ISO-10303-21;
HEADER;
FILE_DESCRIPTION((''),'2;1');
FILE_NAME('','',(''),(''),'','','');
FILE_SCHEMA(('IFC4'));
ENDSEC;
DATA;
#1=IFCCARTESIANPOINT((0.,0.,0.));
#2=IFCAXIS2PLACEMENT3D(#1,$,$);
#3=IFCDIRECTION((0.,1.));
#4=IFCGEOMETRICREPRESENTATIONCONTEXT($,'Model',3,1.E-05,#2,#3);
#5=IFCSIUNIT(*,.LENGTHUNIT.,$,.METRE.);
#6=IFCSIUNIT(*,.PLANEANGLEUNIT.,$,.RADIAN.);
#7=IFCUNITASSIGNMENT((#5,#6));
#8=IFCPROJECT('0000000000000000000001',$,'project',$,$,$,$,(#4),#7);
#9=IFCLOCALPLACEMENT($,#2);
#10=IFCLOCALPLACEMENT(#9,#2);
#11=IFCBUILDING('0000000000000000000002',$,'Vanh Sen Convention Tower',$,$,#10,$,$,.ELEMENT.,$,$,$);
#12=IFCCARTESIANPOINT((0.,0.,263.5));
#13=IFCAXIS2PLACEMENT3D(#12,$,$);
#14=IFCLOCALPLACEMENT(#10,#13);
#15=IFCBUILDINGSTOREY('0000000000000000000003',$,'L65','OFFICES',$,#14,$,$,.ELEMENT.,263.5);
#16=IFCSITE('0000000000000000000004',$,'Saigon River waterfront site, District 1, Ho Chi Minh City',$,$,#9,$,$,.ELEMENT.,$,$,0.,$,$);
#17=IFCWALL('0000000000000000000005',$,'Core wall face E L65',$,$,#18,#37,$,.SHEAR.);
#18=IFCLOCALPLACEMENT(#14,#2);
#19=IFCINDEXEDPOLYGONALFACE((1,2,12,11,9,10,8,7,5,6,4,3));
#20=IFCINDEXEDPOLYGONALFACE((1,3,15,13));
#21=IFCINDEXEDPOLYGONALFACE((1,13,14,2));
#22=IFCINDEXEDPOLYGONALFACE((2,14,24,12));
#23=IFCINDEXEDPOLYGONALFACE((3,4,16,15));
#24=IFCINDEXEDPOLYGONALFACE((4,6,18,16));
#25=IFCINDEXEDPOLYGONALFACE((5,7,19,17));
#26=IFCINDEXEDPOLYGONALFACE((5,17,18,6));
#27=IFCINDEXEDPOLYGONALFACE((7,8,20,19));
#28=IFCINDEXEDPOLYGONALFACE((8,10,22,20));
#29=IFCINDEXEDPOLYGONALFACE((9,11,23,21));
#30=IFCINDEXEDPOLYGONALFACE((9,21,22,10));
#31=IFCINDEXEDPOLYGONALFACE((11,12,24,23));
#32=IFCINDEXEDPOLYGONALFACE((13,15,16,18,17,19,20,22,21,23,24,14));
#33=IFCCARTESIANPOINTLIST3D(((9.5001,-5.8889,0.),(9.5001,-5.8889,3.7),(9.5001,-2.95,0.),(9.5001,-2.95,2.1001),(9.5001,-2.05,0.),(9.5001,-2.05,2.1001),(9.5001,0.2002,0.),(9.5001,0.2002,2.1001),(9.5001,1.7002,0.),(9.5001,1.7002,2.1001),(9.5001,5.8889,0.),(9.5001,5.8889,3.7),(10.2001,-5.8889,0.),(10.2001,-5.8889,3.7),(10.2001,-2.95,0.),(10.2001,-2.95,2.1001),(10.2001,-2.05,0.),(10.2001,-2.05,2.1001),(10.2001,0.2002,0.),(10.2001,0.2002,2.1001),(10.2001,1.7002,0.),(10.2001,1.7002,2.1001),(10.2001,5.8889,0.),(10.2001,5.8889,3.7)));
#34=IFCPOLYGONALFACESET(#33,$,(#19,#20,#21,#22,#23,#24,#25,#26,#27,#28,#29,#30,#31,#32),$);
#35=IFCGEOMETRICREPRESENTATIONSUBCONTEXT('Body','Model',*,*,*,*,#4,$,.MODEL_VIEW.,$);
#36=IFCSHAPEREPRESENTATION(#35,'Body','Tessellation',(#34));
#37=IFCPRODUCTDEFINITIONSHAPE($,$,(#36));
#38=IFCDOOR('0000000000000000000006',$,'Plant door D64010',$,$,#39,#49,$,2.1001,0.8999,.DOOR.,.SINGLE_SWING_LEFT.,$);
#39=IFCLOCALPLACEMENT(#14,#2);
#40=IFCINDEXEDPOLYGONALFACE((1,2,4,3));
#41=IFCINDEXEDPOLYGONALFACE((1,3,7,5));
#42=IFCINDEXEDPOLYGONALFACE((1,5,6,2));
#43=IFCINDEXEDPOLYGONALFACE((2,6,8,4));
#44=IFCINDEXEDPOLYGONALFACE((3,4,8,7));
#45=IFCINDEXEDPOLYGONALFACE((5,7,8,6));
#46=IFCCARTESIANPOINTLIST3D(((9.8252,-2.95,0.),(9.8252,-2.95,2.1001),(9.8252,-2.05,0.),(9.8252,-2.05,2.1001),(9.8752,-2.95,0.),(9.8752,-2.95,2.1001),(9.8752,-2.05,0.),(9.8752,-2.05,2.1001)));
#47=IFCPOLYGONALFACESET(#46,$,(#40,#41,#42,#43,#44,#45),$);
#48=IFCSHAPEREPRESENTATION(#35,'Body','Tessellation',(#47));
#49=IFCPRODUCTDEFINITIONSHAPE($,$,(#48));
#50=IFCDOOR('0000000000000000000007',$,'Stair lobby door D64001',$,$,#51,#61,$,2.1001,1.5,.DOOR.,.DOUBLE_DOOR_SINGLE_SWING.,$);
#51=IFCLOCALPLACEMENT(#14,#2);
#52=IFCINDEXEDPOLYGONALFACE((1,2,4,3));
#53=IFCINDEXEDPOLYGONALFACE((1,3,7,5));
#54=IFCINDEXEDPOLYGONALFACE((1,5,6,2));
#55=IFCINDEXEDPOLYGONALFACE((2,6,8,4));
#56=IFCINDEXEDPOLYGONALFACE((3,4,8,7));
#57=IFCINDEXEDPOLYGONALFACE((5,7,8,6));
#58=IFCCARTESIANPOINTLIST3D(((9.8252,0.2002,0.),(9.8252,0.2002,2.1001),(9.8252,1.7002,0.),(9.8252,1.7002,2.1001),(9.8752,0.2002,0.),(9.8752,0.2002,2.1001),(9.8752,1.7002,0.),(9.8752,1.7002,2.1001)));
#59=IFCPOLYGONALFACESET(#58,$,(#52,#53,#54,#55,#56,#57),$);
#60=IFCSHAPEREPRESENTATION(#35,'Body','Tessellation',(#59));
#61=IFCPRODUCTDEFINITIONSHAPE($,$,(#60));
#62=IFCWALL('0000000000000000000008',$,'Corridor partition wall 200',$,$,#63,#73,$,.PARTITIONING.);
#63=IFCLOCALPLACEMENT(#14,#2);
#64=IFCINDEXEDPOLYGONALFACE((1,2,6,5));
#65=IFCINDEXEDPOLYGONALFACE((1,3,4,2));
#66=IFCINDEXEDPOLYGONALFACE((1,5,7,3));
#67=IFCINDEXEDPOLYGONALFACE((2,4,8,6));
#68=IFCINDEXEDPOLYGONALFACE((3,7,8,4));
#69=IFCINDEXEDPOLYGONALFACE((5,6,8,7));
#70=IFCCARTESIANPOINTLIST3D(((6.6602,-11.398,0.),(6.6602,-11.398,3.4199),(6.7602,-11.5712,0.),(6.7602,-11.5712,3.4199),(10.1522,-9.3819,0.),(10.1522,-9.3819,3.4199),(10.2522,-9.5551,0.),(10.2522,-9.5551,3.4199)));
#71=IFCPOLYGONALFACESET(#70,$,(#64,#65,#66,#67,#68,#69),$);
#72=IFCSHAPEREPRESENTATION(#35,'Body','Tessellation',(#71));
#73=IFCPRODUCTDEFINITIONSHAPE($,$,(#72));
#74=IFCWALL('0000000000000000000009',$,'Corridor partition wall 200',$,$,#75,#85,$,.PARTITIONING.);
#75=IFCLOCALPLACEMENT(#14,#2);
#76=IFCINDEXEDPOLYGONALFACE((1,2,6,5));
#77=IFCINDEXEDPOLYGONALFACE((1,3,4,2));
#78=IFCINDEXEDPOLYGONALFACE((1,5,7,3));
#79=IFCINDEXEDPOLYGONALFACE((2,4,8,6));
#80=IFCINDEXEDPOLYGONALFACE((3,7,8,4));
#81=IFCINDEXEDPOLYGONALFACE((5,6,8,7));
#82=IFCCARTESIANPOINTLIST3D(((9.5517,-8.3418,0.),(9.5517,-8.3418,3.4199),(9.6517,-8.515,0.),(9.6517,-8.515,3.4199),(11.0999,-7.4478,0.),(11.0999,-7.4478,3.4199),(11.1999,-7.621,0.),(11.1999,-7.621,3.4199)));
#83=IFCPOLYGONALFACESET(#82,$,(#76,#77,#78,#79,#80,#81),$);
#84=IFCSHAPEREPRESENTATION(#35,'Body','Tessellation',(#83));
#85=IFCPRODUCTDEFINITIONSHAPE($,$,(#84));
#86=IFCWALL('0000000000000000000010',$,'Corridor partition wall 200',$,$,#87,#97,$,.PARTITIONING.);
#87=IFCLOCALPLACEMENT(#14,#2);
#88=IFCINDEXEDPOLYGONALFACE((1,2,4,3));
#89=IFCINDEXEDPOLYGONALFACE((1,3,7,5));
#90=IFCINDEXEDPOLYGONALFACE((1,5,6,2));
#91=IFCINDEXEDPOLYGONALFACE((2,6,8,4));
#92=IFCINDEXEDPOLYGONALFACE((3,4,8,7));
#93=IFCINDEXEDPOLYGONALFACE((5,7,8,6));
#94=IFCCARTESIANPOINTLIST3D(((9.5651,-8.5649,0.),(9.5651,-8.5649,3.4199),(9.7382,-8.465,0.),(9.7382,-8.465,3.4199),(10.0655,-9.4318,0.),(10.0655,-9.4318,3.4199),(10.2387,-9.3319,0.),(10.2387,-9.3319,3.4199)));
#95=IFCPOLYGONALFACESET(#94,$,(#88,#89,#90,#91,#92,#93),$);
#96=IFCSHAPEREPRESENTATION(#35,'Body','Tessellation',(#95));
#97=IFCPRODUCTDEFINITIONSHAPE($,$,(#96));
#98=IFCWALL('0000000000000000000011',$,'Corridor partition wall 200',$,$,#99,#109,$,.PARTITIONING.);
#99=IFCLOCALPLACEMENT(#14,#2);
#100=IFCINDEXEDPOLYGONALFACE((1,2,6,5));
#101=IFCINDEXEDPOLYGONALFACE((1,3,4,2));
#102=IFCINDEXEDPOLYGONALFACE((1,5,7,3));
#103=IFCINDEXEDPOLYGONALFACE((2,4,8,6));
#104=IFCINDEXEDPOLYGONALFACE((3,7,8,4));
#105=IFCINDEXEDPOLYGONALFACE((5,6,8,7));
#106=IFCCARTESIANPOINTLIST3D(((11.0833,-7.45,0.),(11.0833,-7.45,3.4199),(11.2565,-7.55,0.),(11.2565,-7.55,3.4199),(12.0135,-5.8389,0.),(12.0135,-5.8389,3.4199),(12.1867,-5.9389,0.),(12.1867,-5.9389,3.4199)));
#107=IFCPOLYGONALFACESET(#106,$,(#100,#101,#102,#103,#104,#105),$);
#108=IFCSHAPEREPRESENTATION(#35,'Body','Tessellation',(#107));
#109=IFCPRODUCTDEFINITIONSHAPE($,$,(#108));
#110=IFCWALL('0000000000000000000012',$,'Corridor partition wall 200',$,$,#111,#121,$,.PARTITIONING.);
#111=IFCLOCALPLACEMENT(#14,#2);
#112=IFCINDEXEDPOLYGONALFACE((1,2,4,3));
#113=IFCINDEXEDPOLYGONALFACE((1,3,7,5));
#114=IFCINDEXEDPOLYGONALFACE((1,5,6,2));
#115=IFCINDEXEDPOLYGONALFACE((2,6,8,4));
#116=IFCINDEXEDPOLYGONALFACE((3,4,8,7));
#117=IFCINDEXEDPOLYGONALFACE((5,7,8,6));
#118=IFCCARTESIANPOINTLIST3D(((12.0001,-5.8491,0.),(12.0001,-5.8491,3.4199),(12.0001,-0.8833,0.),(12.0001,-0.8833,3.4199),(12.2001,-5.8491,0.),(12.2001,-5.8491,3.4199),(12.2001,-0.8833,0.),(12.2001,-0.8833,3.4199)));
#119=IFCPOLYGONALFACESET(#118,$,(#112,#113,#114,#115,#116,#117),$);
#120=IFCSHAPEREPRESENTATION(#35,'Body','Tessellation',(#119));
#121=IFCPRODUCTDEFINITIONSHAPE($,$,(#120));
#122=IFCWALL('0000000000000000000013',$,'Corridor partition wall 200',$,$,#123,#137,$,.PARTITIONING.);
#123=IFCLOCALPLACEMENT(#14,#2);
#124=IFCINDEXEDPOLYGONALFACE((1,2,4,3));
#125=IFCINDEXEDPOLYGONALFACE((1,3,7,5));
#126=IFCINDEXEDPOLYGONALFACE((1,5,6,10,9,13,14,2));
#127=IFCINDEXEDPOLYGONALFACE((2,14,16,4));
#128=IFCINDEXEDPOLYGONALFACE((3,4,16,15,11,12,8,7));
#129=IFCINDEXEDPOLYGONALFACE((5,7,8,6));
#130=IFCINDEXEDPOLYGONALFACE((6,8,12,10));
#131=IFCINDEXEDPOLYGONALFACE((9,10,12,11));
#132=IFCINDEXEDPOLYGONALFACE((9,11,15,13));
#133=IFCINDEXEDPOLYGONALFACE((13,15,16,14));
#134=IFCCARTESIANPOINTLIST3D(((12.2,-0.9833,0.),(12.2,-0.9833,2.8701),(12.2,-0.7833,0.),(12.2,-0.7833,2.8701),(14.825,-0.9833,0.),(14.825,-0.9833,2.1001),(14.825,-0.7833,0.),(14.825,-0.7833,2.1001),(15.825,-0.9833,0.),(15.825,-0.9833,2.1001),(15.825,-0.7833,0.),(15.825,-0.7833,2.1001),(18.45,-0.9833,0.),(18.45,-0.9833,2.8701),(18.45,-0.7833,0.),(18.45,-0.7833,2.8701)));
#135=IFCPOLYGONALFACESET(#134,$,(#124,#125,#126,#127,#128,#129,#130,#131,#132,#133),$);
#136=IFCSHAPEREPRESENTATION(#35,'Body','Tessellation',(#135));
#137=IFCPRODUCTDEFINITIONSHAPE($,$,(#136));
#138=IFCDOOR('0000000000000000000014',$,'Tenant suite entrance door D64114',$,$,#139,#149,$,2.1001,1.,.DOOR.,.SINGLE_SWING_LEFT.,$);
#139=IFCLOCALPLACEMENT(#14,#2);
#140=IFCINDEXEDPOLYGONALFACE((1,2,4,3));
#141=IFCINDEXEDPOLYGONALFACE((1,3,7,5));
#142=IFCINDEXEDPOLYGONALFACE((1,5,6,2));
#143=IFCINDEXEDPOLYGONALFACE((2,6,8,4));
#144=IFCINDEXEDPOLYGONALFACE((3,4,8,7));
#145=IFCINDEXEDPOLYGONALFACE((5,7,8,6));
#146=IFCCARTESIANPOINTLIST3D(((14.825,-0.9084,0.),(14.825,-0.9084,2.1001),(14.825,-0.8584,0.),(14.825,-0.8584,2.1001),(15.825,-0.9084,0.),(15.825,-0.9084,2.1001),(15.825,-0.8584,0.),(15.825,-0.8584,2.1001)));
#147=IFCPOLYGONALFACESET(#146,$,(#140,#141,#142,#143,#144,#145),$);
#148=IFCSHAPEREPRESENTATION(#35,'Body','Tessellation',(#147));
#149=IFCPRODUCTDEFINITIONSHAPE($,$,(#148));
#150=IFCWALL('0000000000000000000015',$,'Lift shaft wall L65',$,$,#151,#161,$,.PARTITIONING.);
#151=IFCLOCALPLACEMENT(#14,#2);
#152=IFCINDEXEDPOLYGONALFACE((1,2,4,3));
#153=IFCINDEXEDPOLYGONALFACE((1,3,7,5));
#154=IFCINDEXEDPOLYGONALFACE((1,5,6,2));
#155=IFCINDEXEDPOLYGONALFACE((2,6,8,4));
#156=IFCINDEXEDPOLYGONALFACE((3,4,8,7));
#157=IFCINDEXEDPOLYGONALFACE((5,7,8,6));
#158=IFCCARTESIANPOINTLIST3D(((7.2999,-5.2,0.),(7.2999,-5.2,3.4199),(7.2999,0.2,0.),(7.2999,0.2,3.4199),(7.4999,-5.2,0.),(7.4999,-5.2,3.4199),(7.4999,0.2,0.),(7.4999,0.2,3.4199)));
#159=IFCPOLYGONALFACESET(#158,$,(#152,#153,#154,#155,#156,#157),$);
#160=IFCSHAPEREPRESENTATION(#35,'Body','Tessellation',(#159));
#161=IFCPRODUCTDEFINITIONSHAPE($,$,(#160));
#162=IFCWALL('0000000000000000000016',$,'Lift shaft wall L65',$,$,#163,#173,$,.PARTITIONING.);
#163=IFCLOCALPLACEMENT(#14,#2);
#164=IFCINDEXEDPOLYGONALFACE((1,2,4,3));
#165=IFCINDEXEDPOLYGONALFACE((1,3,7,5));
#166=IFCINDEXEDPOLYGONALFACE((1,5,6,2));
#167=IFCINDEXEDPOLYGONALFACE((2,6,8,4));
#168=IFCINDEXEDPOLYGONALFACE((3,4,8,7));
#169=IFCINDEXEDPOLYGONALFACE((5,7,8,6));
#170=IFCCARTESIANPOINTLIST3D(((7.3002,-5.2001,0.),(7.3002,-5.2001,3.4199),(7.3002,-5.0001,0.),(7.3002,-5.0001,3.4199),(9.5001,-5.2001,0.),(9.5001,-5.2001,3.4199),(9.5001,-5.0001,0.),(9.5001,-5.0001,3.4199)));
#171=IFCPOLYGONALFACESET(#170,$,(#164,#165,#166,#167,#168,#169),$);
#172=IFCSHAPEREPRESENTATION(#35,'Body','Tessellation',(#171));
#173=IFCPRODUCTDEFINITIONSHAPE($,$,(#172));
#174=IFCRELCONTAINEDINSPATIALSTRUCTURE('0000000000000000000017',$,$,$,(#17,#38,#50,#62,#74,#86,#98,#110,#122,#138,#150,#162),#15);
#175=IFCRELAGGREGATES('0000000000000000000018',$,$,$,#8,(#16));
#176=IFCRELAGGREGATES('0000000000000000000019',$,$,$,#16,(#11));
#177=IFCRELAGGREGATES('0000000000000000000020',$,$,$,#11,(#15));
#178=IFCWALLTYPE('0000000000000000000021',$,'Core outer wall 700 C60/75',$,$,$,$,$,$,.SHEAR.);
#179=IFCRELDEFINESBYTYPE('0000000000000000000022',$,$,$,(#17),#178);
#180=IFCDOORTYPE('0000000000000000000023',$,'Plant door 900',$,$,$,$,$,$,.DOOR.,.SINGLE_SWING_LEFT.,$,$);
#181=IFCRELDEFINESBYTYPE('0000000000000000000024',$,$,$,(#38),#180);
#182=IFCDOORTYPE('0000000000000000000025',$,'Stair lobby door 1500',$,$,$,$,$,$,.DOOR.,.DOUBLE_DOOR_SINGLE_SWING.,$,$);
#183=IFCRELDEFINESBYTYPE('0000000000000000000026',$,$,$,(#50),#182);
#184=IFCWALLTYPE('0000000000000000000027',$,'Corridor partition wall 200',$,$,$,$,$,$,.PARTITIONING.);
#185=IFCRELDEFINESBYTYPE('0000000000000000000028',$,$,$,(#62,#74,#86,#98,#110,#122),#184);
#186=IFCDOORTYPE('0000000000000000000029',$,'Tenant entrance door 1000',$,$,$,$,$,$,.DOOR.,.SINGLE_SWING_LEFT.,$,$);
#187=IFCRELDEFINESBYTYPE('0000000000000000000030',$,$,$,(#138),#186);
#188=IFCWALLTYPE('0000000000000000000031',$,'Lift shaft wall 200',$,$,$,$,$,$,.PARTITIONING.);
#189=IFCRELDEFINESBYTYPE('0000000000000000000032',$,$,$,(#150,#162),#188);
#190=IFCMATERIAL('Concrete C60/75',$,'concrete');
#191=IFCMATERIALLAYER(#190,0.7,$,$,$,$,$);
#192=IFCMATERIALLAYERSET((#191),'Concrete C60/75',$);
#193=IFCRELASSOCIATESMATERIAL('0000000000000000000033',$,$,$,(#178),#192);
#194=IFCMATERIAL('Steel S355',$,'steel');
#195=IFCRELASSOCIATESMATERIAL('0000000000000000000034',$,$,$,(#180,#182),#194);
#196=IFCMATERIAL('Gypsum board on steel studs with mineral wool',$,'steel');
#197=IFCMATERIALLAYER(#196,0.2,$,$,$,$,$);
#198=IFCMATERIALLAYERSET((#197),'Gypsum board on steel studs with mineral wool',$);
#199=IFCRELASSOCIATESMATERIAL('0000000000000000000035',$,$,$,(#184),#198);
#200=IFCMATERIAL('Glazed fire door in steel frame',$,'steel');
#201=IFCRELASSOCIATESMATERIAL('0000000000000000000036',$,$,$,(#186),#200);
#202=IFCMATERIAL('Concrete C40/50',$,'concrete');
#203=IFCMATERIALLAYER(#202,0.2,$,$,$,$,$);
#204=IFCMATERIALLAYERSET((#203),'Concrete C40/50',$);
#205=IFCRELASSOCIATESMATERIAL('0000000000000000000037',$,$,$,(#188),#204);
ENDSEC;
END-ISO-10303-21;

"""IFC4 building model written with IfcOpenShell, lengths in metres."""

from ifc_helpers import new_model, si_unit, direction, frame, frame_2d, origin, place, context, subcontext, project, spatial, rectangle, extrude, material, layer, layer_set, type_object, element, fill, save


model = new_model("IFC4")

# Units and contexts
model_context = context("Model", 3, precision=1e-05, world=origin(), true_north=direction((0.0, 1.0)))
body_context = subcontext(model_context, "Body", "Model", "MODEL_VIEW")
ifc_project = project(units=[si_unit("LENGTHUNIT", "METRE"), si_unit("PLANEANGLEUNIT", "RADIAN")], contexts=[model_context])

# Site, building, storey
site_placement = place(None, origin())
site = spatial("IfcSite", under=ifc_project, at=site_placement, Name="Saigon River waterfront site, District 1, Ho Chi Minh City", CompositionType="ELEMENT", RefElevation=0.0)
building_placement = place(site_placement, origin())
building = spatial("IfcBuilding", under=site, at=building_placement, Name="Vanh Sen Convention Tower", CompositionType="ELEMENT")
storey_placement = place(building_placement, frame((0.0, 0.0, 263.5)))
storey = spatial("IfcBuildingStorey", under=building, at=storey_placement, Name="L65", Description="OFFICES", CompositionType="ELEMENT", Elevation=263.5)

# Shared definitions
ifc_material_1 = material(Name="Concrete C60/75", Category="concrete")

# Shared definitions
ifc_material_2 = material(Name="Concrete C40/50", Category="concrete")

# Wall, openings, doors
ifc_layer_1 = layer(ifc_material_1, 0.7)
ifc_layer_set_1 = layer_set([ifc_layer_1], Name="Concrete C60/75")
wall_type_1 = type_object("IfcWallType", Name="Core outer wall 700 C60/75", PredefinedType="SHEAR", material=ifc_layer_set_1)
wall_1_placement = place(storey_placement, frame((9.8501, -5.8889, 0.0), z_axis=(0.0, 0.0, 1.0), x_axis=(0.0, 1.0, 0.0)))
wall_1 = element("IfcWall", 1, at=wall_1_placement, inside=storey, type_object=wall_type_1, Name="Core wall face E L65", PredefinedType="SHEAR", context=body_context, shape_type="SweptSolid", body=[
    extrude(rectangle(XDim=11.7778, YDim=0.7, at=frame_2d((5.8889, 0.0))), origin(), (0.0, 0.0, 1.0), 3.7),
])
opening_1_placement = place(wall_1_placement, frame((6.0891, 0.0, 0.0)))
opening_1 = element("IfcOpeningElement", 2, at=opening_1_placement, cuts=wall_1, PredefinedType="OPENING", context=body_context, shape_type="SweptSolid", body=[
    extrude(rectangle(XDim=1.5, YDim=2.1001, at=frame_2d((0.75, 1.05))), frame((0.0, 0.3599, 0.0), z_axis=(0.0, -1.0, 0.0), x_axis=(1.0, 0.0, 0.0)), (0.0, 0.0, 1.0), 0.72),
])
opening_2_placement = place(wall_1_placement, frame((2.939, 0.0, 0.0)))
opening_2 = element("IfcOpeningElement", 3, at=opening_2_placement, cuts=wall_1, PredefinedType="OPENING", context=body_context, shape_type="SweptSolid", body=[
    extrude(rectangle(XDim=0.8999, YDim=2.1001, at=frame_2d((0.45, 1.05))), frame((0.0, 0.3599, 0.0), z_axis=(0.0, -1.0, 0.0), x_axis=(1.0, 0.0, 0.0)), (0.0, 0.0, 1.0), 0.72),
])
ifc_material_3 = material(Name="Steel S355", Category="steel")
door_type_1 = type_object("IfcDoorType", Name="Plant door 900", OperationType="SINGLE_SWING_LEFT", PredefinedType="DOOR", material=ifc_material_3)
door_1_placement = place(opening_2_placement, origin())
door_1 = element("IfcDoor", 4, at=door_1_placement, inside=storey, type_object=door_type_1, Name="Plant door D64010", OperationType="SINGLE_SWING_LEFT", OverallHeight=2.1001, OverallWidth=0.8999, PredefinedType="DOOR", context=body_context, shape_type="SweptSolid", body=[
    extrude(rectangle(XDim=0.8999, YDim=2.1001, at=frame_2d((0.45, 1.05))), frame((0.0, 0.0249, 0.0), z_axis=(0.0, -1.0, 0.0), x_axis=(1.0, 0.0, 0.0)), (0.0, 0.0, 1.0), 0.05),
])
fill(opening_2, door_1)
door_type_2 = type_object("IfcDoorType", Name="Stair lobby door 1500", OperationType="DOUBLE_DOOR_SINGLE_SWING", PredefinedType="DOOR", material=ifc_material_3)
door_2_placement = place(opening_1_placement, origin())
door_2 = element("IfcDoor", 5, at=door_2_placement, inside=storey, type_object=door_type_2, Name="Stair lobby door D64001", OperationType="DOUBLE_DOOR_SINGLE_SWING", OverallHeight=2.1001, OverallWidth=1.5, PredefinedType="DOOR", context=body_context, shape_type="SweptSolid", body=[
    extrude(rectangle(XDim=1.5, YDim=2.1001, at=frame_2d((0.75, 1.05))), frame((0.0, 0.0249, 0.0), z_axis=(0.0, -1.0, 0.0), x_axis=(1.0, 0.0, 0.0)), (0.0, 0.0, 1.0), 0.05),
])
fill(opening_1, door_2)

# Walls
ifc_material_4 = material(Name="Gypsum board on steel studs with mineral wool", Category="steel")
ifc_layer_2 = layer(ifc_material_4, 0.2)
ifc_layer_set_2 = layer_set([ifc_layer_2], Name="Gypsum board on steel studs with mineral wool")
wall_type_2 = type_object("IfcWallType", Name="Corridor partition wall 200", PredefinedType="PARTITIONING", material=ifc_layer_set_2)
wall_2_placement = place(storey_placement, frame((6.7102, -11.4846, 0.0), z_axis=(0.0, 0.0, 1.0), x_axis=(0.866021, 0.500007, 0.0)))
element("IfcWall", 6, at=wall_2_placement, inside=storey, type_object=wall_type_2, Name="Corridor partition wall 200", PredefinedType="PARTITIONING", context=body_context, shape_type="SweptSolid", body=[
    extrude(rectangle(XDim=4.0322, YDim=0.2, at=frame_2d((2.0161, 0.0))), origin(), (0.0, 0.0, 1.0), 3.4199),
])
wall_3_placement = place(storey_placement, frame((9.6016, -8.4285, 0.0), z_axis=(0.0, 0.0, 1.0), x_axis=(0.865999, 0.500046, 0.0)))
element("IfcWall", 7, at=wall_3_placement, inside=storey, type_object=wall_type_2, Name="Corridor partition wall 200", PredefinedType="PARTITIONING", context=body_context, shape_type="SweptSolid", body=[
    extrude(rectangle(XDim=1.7878, YDim=0.2, at=frame_2d((0.894, 0.0))), origin(), (0.0, 0.0, 1.0), 3.4199),
])
wall_4_placement = place(storey_placement, frame((10.1521, -9.3818, 0.0), z_axis=(0.0, 0.0, 1.0), x_axis=(-0.499969, 0.866043, 0.0)))
element("IfcWall", 8, at=wall_4_placement, inside=storey, type_object=wall_type_2, Name="Corridor partition wall 200", PredefinedType="PARTITIONING", context=body_context, shape_type="SweptSolid", body=[
    extrude(rectangle(XDim=1.001, YDim=0.2, at=frame_2d((0.5005, 0.0))), origin(), (0.0, 0.0, 1.0), 3.4199),
])
wall_5_placement = place(storey_placement, frame((11.1699, -7.5, 0.0), z_axis=(0.0, 0.0, 1.0), x_axis=(0.500006, 0.866022, 0.0)))
element("IfcWall", 9, at=wall_5_placement, inside=storey, type_object=wall_type_2, Name="Corridor partition wall 200", PredefinedType="PARTITIONING", context=body_context, shape_type="SweptSolid", body=[
    extrude(rectangle(XDim=1.8604, YDim=0.2, at=frame_2d((0.9302, 0.0))), origin(), (0.0, 0.0, 1.0), 3.4199),
])
wall_6_placement = place(storey_placement, frame((12.1001, -5.8491, 0.0), z_axis=(0.0, 0.0, 1.0), x_axis=(0.0, 1.0, 0.0)))
element("IfcWall", 10, at=wall_6_placement, inside=storey, type_object=wall_type_2, Name="Corridor partition wall 200", PredefinedType="PARTITIONING", context=body_context, shape_type="SweptSolid", body=[
    extrude(rectangle(XDim=4.9658, YDim=0.2, at=frame_2d((2.4829, 0.0))), origin(), (0.0, 0.0, 1.0), 3.4199),
])

# Wall, opening, door
wall_7_placement = place(storey_placement, frame((12.2, -0.8833, 0.0), z_axis=(0.0, 0.0, 1.0), x_axis=(1.0, 0.0, 0.0)))
wall_7 = element("IfcWall", 11, at=wall_7_placement, inside=storey, type_object=wall_type_2, Name="Corridor partition wall 200", PredefinedType="PARTITIONING", context=body_context, shape_type="SweptSolid", body=[
    extrude(rectangle(XDim=6.25, YDim=0.2, at=frame_2d((3.125, 0.0))), origin(), (0.0, 0.0, 1.0), 2.8701),
])
opening_3_placement = place(wall_7_placement, frame((2.625, 0.0, 0.0)))
opening_3 = element("IfcOpeningElement", 12, at=opening_3_placement, cuts=wall_7, PredefinedType="OPENING", context=body_context, shape_type="SweptSolid", body=[
    extrude(rectangle(XDim=1.0, YDim=2.1001, at=frame_2d((0.5, 1.05))), frame((0.0, 0.1099, 0.0), z_axis=(0.0, -1.0, 0.0), x_axis=(1.0, 0.0, 0.0)), (0.0, 0.0, 1.0), 0.22),
])
ifc_material_5 = material(Name="Glazed fire door in steel frame", Category="steel")
door_type_3 = type_object("IfcDoorType", Name="Tenant entrance door 1000", OperationType="SINGLE_SWING_LEFT", PredefinedType="DOOR", material=ifc_material_5)
door_3_placement = place(opening_3_placement, origin())
door_3 = element("IfcDoor", 13, at=door_3_placement, inside=storey, type_object=door_type_3, Name="Tenant suite entrance door D64114", OperationType="SINGLE_SWING_LEFT", OverallHeight=2.1001, OverallWidth=1.0, PredefinedType="DOOR", context=body_context, shape_type="SweptSolid", body=[
    extrude(rectangle(XDim=1.0, YDim=2.1001, at=frame_2d((0.5, 1.05))), frame((0.0, 0.0249, 0.0), z_axis=(0.0, -1.0, 0.0), x_axis=(1.0, 0.0, 0.0)), (0.0, 0.0, 1.0), 0.05),
])
fill(opening_3, door_3)

# Walls
ifc_layer_3 = layer(ifc_material_2, 0.2)
ifc_layer_set_3 = layer_set([ifc_layer_3], Name="Concrete C40/50")
wall_type_3 = type_object("IfcWallType", Name="Lift shaft wall 200", PredefinedType="PARTITIONING", material=ifc_layer_set_3)
wall_8_placement = place(storey_placement, frame((7.3999, -5.2, 0.0), z_axis=(0.0, 0.0, 1.0), x_axis=(0.0, 1.0, 0.0)))
element("IfcWall", 14, at=wall_8_placement, inside=storey, type_object=wall_type_3, Name="Lift shaft wall L65", PredefinedType="PARTITIONING", context=body_context, shape_type="SweptSolid", body=[
    extrude(rectangle(XDim=5.3999, YDim=0.2, at=frame_2d((2.7, 0.0))), origin(), (0.0, 0.0, 1.0), 3.4199),
])
for number, where, z_axis, x_axis, name in (
    (15, (7.3, -5.1001, 0.0), (0.0, 0.0, 1.0), (1.0, 0.0, 0.0), "Lift shaft wall L65"),
):
    element("IfcWall", number, at=place(storey_placement, frame(where, z_axis=z_axis, x_axis=x_axis)), inside=storey, type_object=wall_type_3, Name=name, PredefinedType="PARTITIONING", context=body_context, shape_type="SweptSolid", body=[
        extrude(rectangle(XDim=2.2, YDim=0.2, at=frame_2d((1.1001, 0.0))), origin(), (0.0, 0.0, 1.0), 3.4199),
    ])

save(model, "model.ifc")
